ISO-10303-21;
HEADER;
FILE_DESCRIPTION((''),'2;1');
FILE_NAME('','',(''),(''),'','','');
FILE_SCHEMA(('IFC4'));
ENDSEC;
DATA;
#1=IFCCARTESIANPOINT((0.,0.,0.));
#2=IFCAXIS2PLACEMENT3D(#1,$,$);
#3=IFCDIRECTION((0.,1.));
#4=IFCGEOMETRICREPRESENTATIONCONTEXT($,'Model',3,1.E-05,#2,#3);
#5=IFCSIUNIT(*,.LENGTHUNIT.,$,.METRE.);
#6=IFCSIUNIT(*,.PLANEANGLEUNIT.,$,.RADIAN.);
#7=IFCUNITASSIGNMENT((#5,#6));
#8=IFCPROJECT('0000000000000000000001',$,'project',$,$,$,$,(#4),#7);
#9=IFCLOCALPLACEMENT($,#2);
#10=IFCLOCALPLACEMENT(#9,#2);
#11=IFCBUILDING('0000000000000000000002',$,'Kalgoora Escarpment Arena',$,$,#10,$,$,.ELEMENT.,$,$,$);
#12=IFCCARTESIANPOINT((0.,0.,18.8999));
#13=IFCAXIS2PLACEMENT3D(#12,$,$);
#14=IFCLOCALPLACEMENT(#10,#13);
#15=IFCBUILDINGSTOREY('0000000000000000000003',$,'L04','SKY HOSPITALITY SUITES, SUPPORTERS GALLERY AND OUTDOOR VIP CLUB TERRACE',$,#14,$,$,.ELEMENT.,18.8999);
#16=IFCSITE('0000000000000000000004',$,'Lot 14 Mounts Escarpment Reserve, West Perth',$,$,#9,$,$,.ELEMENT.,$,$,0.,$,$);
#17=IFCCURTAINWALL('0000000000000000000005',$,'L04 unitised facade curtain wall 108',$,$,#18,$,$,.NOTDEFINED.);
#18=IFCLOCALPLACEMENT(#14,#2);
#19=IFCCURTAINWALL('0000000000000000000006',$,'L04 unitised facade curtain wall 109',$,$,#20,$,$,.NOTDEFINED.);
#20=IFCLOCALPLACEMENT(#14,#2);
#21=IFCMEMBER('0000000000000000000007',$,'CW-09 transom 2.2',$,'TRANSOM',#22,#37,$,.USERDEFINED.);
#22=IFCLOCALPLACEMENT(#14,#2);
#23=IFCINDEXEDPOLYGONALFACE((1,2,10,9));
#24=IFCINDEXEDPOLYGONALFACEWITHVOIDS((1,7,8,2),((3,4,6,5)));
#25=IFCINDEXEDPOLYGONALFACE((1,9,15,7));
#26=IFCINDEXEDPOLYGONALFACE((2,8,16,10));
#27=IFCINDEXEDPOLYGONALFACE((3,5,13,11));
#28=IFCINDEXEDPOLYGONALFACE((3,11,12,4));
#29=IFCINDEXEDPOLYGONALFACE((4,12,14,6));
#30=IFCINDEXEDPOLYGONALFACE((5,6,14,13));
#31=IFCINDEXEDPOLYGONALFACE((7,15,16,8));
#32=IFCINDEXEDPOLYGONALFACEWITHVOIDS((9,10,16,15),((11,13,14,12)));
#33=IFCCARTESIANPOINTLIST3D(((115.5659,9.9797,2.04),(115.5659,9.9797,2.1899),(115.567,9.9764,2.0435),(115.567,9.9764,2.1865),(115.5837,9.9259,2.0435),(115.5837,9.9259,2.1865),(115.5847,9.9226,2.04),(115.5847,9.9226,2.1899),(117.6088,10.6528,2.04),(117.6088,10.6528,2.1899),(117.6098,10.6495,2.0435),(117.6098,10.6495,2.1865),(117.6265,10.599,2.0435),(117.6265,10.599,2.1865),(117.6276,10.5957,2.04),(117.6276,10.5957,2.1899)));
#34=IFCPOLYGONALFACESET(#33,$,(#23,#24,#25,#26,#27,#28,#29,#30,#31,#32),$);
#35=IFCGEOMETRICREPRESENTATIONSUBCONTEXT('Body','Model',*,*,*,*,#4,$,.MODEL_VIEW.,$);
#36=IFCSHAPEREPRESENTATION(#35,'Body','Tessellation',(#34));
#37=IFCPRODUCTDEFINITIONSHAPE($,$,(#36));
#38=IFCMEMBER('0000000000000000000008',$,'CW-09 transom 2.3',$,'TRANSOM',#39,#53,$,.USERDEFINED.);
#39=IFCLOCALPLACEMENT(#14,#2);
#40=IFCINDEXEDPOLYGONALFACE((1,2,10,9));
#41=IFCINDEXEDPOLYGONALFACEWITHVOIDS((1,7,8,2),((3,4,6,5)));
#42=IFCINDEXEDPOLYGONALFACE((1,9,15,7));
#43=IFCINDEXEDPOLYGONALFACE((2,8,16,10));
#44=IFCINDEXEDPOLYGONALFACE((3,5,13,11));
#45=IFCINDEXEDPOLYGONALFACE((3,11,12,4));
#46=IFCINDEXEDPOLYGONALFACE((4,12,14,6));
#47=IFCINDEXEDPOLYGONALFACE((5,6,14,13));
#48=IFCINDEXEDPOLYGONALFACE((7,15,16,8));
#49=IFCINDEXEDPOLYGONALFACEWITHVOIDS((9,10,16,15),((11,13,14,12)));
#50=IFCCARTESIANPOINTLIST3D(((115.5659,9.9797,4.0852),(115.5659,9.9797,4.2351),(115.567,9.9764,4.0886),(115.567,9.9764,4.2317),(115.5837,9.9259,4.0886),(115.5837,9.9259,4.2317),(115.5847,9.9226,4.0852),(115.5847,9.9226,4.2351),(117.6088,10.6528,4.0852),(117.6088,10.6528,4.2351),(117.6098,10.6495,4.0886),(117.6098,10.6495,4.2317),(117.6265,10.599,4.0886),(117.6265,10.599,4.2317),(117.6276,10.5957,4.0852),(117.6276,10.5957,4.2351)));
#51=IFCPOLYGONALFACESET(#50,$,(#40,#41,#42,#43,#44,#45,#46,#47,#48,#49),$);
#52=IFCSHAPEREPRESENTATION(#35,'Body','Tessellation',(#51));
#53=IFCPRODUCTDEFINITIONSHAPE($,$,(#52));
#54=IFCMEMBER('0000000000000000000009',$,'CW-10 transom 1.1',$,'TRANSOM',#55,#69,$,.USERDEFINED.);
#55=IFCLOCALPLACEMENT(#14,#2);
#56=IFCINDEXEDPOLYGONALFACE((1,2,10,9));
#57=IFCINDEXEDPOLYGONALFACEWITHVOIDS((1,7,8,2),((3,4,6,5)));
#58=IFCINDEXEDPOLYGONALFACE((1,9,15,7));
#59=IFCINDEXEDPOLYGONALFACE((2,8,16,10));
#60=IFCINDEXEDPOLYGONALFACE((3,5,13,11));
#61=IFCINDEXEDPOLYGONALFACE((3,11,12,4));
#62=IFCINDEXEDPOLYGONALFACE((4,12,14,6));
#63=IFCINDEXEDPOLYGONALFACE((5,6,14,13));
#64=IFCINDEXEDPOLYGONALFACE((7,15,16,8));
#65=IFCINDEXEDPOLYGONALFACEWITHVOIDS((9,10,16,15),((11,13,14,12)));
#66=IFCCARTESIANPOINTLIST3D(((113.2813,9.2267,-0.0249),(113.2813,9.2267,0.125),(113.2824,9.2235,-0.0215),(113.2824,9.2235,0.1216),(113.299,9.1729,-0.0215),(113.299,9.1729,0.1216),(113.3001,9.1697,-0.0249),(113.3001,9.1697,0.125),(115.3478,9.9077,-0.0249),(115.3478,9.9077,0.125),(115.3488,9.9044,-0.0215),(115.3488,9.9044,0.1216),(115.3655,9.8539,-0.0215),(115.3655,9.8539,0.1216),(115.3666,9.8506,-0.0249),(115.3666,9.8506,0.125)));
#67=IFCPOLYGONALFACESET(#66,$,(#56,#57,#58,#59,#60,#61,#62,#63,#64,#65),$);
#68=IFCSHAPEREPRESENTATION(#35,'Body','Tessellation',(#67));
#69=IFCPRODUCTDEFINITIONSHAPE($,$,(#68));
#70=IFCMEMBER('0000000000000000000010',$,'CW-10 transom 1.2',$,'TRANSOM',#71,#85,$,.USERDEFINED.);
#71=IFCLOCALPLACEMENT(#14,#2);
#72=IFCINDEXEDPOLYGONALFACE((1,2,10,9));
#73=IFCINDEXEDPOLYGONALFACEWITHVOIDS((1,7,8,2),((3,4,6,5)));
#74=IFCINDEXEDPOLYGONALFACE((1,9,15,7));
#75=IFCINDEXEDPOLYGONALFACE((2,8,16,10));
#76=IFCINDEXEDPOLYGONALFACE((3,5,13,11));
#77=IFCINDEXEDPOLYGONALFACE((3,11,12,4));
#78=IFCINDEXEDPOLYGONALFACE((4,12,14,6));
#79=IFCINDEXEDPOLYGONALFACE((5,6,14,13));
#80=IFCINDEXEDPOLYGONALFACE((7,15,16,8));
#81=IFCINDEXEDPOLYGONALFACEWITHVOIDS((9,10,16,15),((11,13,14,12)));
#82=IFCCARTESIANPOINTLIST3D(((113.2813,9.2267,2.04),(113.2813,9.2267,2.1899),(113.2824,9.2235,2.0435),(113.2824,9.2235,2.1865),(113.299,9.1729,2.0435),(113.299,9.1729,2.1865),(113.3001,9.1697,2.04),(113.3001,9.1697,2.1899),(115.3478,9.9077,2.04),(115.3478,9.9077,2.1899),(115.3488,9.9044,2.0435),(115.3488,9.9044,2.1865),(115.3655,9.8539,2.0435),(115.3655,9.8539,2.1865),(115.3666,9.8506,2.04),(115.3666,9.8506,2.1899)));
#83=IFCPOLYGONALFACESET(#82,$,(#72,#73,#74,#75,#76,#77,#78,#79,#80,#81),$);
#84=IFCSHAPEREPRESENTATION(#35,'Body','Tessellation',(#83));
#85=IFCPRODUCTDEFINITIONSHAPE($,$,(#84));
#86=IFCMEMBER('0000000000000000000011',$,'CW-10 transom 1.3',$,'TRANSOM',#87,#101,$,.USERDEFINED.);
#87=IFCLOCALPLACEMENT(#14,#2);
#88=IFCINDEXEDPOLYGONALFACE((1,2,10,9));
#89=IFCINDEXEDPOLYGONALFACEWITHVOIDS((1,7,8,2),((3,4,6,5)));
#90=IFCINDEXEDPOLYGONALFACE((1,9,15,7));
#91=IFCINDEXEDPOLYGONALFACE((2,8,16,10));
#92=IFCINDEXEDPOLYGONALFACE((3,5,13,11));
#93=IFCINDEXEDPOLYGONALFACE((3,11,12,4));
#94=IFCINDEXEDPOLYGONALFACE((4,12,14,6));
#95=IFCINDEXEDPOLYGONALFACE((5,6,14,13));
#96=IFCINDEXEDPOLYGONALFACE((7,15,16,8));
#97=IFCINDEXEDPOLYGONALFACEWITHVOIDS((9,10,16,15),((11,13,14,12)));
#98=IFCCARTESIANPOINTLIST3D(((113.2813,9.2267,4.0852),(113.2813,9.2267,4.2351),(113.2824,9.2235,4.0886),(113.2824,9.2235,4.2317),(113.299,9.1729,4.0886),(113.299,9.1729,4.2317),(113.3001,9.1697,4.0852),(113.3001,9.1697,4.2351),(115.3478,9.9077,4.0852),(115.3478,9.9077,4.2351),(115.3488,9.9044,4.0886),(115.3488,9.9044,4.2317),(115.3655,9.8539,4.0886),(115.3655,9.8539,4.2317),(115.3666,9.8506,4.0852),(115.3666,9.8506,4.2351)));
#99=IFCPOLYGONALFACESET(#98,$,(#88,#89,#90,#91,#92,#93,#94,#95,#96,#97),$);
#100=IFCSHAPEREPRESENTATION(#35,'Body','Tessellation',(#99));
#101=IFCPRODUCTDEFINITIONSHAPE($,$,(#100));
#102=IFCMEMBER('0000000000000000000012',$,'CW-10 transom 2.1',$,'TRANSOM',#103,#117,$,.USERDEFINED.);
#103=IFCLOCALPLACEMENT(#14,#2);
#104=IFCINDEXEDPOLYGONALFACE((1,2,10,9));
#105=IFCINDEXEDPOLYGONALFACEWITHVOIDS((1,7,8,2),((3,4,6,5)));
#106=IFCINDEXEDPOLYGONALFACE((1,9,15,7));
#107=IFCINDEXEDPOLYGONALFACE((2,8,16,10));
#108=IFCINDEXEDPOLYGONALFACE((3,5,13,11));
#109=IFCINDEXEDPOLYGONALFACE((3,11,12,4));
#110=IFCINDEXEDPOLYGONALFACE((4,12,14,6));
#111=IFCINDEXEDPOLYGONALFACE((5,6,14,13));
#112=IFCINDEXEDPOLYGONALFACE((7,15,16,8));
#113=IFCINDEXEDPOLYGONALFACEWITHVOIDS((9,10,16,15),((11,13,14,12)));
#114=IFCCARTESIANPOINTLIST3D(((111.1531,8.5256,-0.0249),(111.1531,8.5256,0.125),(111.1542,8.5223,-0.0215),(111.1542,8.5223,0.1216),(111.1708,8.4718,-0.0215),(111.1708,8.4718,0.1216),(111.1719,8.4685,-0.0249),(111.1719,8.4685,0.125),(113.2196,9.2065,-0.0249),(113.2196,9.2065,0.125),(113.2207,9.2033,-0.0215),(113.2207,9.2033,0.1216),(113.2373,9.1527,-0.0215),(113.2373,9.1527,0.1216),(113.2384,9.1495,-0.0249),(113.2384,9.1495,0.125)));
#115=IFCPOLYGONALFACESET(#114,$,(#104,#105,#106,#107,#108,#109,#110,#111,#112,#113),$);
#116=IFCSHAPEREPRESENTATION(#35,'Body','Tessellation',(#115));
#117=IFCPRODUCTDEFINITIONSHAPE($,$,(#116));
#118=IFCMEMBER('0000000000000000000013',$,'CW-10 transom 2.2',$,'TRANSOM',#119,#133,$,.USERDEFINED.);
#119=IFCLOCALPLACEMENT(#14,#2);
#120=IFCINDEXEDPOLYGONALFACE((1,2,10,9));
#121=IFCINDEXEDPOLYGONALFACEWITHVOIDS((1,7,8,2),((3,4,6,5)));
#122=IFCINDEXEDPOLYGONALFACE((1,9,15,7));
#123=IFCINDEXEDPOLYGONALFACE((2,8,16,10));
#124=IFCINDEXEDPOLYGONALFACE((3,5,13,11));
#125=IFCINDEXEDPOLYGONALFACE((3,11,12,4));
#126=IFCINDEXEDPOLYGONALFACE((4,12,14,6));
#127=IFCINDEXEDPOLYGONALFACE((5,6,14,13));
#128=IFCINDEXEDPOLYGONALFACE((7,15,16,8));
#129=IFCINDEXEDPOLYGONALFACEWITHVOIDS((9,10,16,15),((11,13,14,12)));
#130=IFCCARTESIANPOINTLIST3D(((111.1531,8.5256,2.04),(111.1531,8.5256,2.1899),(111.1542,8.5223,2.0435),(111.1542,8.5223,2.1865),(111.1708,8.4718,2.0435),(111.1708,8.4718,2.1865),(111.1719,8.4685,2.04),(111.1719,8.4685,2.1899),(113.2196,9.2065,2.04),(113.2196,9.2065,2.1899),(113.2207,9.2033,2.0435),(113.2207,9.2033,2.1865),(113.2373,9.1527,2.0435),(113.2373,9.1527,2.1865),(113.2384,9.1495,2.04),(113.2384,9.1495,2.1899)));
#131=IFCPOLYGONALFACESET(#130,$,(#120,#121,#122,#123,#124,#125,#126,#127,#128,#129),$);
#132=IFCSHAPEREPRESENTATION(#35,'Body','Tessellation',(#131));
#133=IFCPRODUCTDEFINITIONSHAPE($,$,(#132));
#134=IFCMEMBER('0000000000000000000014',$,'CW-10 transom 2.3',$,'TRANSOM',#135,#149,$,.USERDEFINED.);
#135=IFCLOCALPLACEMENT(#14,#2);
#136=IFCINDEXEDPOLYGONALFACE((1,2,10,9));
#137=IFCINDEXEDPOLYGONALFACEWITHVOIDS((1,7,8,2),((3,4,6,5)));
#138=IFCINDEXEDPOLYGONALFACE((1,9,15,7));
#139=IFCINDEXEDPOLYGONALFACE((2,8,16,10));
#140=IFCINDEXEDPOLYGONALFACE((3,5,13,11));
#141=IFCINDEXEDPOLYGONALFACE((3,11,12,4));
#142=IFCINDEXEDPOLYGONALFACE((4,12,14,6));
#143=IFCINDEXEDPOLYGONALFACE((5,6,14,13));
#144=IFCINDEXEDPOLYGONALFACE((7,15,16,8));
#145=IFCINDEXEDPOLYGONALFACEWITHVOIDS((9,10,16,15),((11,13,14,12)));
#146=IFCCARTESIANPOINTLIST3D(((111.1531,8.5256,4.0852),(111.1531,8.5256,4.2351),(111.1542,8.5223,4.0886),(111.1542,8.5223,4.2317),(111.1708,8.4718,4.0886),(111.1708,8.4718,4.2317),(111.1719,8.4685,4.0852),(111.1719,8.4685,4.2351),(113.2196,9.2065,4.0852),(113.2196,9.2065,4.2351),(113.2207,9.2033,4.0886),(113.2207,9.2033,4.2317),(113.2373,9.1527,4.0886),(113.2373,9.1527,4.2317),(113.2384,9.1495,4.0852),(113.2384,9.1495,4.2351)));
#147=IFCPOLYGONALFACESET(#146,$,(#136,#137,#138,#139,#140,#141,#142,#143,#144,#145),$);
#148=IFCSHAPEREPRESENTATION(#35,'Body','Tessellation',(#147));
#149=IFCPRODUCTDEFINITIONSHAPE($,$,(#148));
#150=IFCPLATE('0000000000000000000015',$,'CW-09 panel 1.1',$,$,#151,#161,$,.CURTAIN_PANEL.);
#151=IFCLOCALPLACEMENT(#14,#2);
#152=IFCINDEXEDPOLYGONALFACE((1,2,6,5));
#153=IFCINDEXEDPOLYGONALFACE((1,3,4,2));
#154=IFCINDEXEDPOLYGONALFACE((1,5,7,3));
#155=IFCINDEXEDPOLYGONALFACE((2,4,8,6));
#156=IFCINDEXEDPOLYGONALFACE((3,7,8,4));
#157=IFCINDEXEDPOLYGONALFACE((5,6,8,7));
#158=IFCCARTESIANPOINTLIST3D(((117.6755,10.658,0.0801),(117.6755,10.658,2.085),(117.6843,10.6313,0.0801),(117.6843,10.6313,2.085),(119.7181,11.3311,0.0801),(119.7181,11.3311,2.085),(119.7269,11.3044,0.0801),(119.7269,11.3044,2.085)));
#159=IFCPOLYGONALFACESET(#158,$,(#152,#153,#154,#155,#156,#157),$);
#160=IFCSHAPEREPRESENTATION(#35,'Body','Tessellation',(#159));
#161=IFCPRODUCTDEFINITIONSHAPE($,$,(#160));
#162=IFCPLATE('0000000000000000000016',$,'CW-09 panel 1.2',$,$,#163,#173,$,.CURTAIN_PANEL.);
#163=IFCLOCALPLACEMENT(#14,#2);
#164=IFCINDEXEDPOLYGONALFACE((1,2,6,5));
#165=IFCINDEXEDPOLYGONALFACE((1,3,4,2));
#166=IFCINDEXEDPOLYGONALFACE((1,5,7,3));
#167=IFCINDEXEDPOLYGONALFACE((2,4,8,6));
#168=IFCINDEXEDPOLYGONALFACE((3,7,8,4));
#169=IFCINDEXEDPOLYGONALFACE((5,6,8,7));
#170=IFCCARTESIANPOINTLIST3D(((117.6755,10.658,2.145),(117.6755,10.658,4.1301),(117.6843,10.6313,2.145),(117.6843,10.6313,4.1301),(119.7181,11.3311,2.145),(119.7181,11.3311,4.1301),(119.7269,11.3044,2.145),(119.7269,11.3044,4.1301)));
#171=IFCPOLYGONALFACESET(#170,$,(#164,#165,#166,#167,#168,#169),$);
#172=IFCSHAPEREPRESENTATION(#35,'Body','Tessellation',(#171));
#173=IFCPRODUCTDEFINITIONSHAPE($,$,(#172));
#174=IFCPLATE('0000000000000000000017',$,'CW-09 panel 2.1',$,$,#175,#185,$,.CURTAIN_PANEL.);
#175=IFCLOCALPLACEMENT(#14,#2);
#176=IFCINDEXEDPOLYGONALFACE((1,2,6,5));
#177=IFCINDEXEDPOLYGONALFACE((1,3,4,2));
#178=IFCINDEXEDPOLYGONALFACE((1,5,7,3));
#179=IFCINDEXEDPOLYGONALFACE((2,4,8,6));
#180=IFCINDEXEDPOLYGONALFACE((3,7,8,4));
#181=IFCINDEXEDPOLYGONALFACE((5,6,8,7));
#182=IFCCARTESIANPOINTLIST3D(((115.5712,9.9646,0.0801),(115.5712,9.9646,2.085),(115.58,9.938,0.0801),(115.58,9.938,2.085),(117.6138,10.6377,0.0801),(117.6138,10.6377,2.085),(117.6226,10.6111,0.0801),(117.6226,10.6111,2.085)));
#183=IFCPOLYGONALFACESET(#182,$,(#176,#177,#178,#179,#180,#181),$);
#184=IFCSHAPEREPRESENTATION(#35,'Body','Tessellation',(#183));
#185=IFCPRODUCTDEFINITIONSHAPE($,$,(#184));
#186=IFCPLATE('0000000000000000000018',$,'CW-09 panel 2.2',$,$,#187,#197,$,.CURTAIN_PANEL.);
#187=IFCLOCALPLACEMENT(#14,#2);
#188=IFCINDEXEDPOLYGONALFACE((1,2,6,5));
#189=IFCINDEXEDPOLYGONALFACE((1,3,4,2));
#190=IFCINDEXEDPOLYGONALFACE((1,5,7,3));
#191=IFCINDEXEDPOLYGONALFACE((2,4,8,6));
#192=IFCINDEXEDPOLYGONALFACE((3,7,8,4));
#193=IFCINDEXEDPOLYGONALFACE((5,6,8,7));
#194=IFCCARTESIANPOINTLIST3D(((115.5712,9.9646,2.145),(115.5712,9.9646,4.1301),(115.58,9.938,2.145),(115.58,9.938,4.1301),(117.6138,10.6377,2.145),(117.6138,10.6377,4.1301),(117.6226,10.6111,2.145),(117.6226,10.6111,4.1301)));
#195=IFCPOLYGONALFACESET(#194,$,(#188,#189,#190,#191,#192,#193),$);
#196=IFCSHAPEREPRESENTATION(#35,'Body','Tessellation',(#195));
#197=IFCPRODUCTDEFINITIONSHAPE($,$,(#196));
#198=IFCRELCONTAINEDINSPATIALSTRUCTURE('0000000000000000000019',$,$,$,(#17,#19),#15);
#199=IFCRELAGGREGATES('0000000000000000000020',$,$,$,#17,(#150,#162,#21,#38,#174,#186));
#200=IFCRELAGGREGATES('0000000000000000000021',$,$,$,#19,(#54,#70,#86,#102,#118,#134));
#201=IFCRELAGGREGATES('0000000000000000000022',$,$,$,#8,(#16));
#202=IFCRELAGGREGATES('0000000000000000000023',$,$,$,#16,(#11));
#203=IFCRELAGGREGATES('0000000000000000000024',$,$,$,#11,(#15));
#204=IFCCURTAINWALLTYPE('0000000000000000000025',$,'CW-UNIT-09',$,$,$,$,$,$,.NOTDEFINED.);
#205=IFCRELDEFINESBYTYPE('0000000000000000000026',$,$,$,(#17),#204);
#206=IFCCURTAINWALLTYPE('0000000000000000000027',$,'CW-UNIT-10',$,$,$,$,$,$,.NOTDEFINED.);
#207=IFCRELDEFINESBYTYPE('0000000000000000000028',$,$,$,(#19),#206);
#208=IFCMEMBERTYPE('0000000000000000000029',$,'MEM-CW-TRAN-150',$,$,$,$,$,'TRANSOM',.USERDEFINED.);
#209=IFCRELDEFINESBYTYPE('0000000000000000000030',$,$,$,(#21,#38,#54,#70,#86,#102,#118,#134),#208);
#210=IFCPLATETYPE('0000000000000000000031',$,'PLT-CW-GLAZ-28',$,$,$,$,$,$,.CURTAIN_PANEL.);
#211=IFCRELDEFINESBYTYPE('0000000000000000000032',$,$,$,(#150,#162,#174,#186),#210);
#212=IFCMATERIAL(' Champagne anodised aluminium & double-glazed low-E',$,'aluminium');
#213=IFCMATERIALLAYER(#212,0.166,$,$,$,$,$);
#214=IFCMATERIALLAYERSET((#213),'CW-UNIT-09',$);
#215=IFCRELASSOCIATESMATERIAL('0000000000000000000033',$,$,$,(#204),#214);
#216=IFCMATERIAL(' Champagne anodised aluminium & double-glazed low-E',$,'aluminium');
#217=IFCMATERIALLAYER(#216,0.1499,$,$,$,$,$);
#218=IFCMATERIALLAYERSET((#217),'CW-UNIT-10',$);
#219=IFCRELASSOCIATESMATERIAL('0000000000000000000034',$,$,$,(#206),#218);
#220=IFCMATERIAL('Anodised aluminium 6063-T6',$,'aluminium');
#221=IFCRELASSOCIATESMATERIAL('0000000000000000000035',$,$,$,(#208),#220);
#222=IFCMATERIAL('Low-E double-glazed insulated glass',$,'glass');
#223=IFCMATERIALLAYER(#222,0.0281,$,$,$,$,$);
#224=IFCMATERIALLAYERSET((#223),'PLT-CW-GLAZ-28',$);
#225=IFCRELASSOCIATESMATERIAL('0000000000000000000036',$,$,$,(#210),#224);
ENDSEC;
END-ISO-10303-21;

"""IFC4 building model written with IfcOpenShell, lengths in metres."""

from ifc_helpers import new_model, si_unit, direction, frame, origin, origin_2d, place, context, subcontext, project, spatial, rectangle, hollow_rectangle, extrude, material, layer, layer_set, material_profile, profile_set, type_object, element, aggregate, save


model = new_model("IFC4")

# Units and contexts
model_context = context("Model", 3, precision=1e-05, world=origin(), true_north=direction((0.0, 1.0)))
body_context = subcontext(model_context, "Body", "Model", "MODEL_VIEW")
ifc_project = project(units=[si_unit("LENGTHUNIT", "METRE"), si_unit("PLANEANGLEUNIT", "RADIAN")], contexts=[model_context])

# Site, building, storey
site_placement = place(None, origin())
site = spatial("IfcSite", under=ifc_project, at=site_placement, Name="Lot 14 Mounts Escarpment Reserve, West Perth", CompositionType="ELEMENT", RefElevation=0.0)
building_placement = place(site_placement, origin())
building = spatial("IfcBuilding", under=site, at=building_placement, Name="Kalgoora Escarpment Arena", CompositionType="ELEMENT")
storey_placement = place(building_placement, frame((0.0, 0.0, 18.8999)))
storey = spatial("IfcBuildingStorey", under=building, at=storey_placement, Name="L04", Description="SKY HOSPITALITY SUITES, SUPPORTERS GALLERY AND OUTDOOR VIP CLUB TERRACE", CompositionType="ELEMENT", Elevation=18.8999)

# Curtain walls
ifc_material_1 = material(Name=" Champagne anodised aluminium & double-glazed low-E", Category="aluminium")
ifc_layer_1 = layer(ifc_material_1, 0.166)
ifc_layer_set_1 = layer_set([ifc_layer_1], Name="CW-UNIT-09")
curtain_wall_type_1 = type_object("IfcCurtainWallType", Name="CW-UNIT-09", PredefinedType="NOTDEFINED", material=ifc_layer_set_1)
curtain_wall_1_placement = place(storey_placement, origin())
curtain_wall_1 = element("IfcCurtainWall", 1, at=curtain_wall_1_placement, inside=storey, type_object=curtain_wall_type_1, Name="L04 unitised facade curtain wall 108", PredefinedType="NOTDEFINED")
ifc_material_2 = material(Name=" Champagne anodised aluminium & double-glazed low-E", Category="aluminium")
ifc_layer_2 = layer(ifc_material_2, 0.1499)
ifc_layer_set_2 = layer_set([ifc_layer_2], Name="CW-UNIT-10")
curtain_wall_type_2 = type_object("IfcCurtainWallType", Name="CW-UNIT-10", PredefinedType="NOTDEFINED", material=ifc_layer_set_2)
curtain_wall_2_placement = place(storey_placement, origin())
curtain_wall_2 = element("IfcCurtainWall", 2, at=curtain_wall_2_placement, inside=storey, type_object=curtain_wall_type_2, Name="L04 unitised facade curtain wall 109", PredefinedType="NOTDEFINED")

# Members
ifc_material_3 = material(Name="Anodised aluminium 6063-T6", Category="aluminium")
ifc_material_profile_1 = material_profile(ifc_material_3, hollow_rectangle(XDim=0.0601, YDim=0.1499, WallThickness=0.0034, at=origin_2d()))
ifc_profile_set_1 = profile_set([ifc_material_profile_1], Name="Anodised aluminium 6063-T6")
member_type_1 = type_object("IfcMemberType", Name="MEM-CW-TRAN-150", ElementType="TRANSOM", PredefinedType="USERDEFINED", material=ifc_profile_set_1)
member_1_placement = place(storey_placement, frame((117.6182, 10.6243, 2.115), z_axis=(-0.949767, -0.312957, 0.0), x_axis=(0.312957, -0.949767, 0.0)))
member_1 = element("IfcMember", 3, at=member_1_placement, type_object=member_type_1, Name="CW-09 transom 2.2", ObjectType="TRANSOM", PredefinedType="USERDEFINED", context=body_context, shape_type="SweptSolid", body=[
    extrude(hollow_rectangle(XDim=0.0601, YDim=0.1499, WallThickness=0.0034, at=origin_2d()), origin(), (0.0, 0.0, 1.0), 2.1509),
])
member_2_placement = place(storey_placement, frame((117.6182, 10.6243, 4.1602), z_axis=(-0.949767, -0.312957, 0.0), x_axis=(0.312957, -0.949767, 0.0)))
member_2 = element("IfcMember", 4, at=member_2_placement, type_object=member_type_1, Name="CW-09 transom 2.3", ObjectType="TRANSOM", PredefinedType="USERDEFINED", context=body_context, shape_type="SweptSolid", body=[
    extrude(hollow_rectangle(XDim=0.0601, YDim=0.1499, WallThickness=0.0034, at=origin_2d()), origin(), (0.0, 0.0, 1.0), 2.1509),
])
member_3_placement = place(storey_placement, frame((115.3572, 9.8792, 0.05), z_axis=(-0.949766, -0.312961, 0.0), x_axis=(0.312961, -0.949766, 0.0)))
member_3 = element("IfcMember", 5, at=member_3_placement, type_object=member_type_1, Name="CW-10 transom 1.1", ObjectType="TRANSOM", PredefinedType="USERDEFINED", context=body_context, shape_type="SweptSolid", body=[
    extrude(hollow_rectangle(XDim=0.0601, YDim=0.1499, WallThickness=0.0034, at=origin_2d()), origin(), (0.0, 0.0, 1.0), 2.1758),
])
member_4_placement = place(storey_placement, frame((115.3572, 9.8792, 2.115), z_axis=(-0.949766, -0.312961, 0.0), x_axis=(0.312961, -0.949766, 0.0)))
member_4 = element("IfcMember", 6, at=member_4_placement, type_object=member_type_1, Name="CW-10 transom 1.2", ObjectType="TRANSOM", PredefinedType="USERDEFINED", context=body_context, shape_type="SweptSolid", body=[
    extrude(hollow_rectangle(XDim=0.0601, YDim=0.1499, WallThickness=0.0034, at=origin_2d()), origin(), (0.0, 0.0, 1.0), 2.1758),
])
member_5_placement = place(storey_placement, frame((115.3572, 9.8792, 4.1602), z_axis=(-0.949766, -0.312961, 0.0), x_axis=(0.312961, -0.949766, 0.0)))
member_5 = element("IfcMember", 7, at=member_5_placement, type_object=member_type_1, Name="CW-10 transom 1.3", ObjectType="TRANSOM", PredefinedType="USERDEFINED", context=body_context, shape_type="SweptSolid", body=[
    extrude(hollow_rectangle(XDim=0.0601, YDim=0.1499, WallThickness=0.0034, at=origin_2d()), origin(), (0.0, 0.0, 1.0), 2.1758),
])
member_6_placement = place(storey_placement, frame((113.229, 9.178, 0.05), z_axis=(-0.949766, -0.312961, 0.0), x_axis=(0.312961, -0.949766, 0.0)))
member_6 = element("IfcMember", 8, at=member_6_placement, type_object=member_type_1, Name="CW-10 transom 2.1", ObjectType="TRANSOM", PredefinedType="USERDEFINED", context=body_context, shape_type="SweptSolid", body=[
    extrude(hollow_rectangle(XDim=0.0601, YDim=0.1499, WallThickness=0.0034, at=origin_2d()), origin(), (0.0, 0.0, 1.0), 2.1758),
])
member_7_placement = place(storey_placement, frame((113.229, 9.178, 2.115), z_axis=(-0.949766, -0.312961, 0.0), x_axis=(0.312961, -0.949766, 0.0)))
member_7 = element("IfcMember", 9, at=member_7_placement, type_object=member_type_1, Name="CW-10 transom 2.2", ObjectType="TRANSOM", PredefinedType="USERDEFINED", context=body_context, shape_type="SweptSolid", body=[
    extrude(hollow_rectangle(XDim=0.0601, YDim=0.1499, WallThickness=0.0034, at=origin_2d()), origin(), (0.0, 0.0, 1.0), 2.1758),
])
member_8_placement = place(storey_placement, frame((113.229, 9.178, 4.1602), z_axis=(-0.949766, -0.312961, 0.0), x_axis=(0.312961, -0.949766, 0.0)))
member_8 = element("IfcMember", 10, at=member_8_placement, type_object=member_type_1, Name="CW-10 transom 2.3", ObjectType="TRANSOM", PredefinedType="USERDEFINED", context=body_context, shape_type="SweptSolid", body=[
    extrude(hollow_rectangle(XDim=0.0601, YDim=0.1499, WallThickness=0.0034, at=origin_2d()), origin(), (0.0, 0.0, 1.0), 2.1758),
])

# Plates
ifc_material_4 = material(Name="Low-E double-glazed insulated glass", Category="glass")
ifc_layer_3 = layer(ifc_material_4, 0.0281)
ifc_layer_set_3 = layer_set([ifc_layer_3], Name="PLT-CW-GLAZ-28")
plate_type_1 = type_object("IfcPlateType", Name="PLT-CW-GLAZ-28", PredefinedType="CURTAIN_PANEL", material=ifc_layer_set_3)
plate_1_placement = place(storey_placement, frame((118.7012, 10.9812, 0.0801), z_axis=(0.0, 0.0, 1.0), x_axis=(-0.949763, -0.31297, 0.0)))
plate_1 = element("IfcPlate", 11, at=plate_1_placement, type_object=plate_type_1, Name="CW-09 panel 1.1", PredefinedType="CURTAIN_PANEL", context=body_context, shape_type="SweptSolid", body=[
    extrude(rectangle(XDim=2.1506, YDim=0.0281, at=origin_2d()), origin(), (0.0, 0.0, 1.0), 2.0049),
])
plate_2_placement = place(storey_placement, frame((118.7012, 10.9812, 2.145), z_axis=(0.0, 0.0, 1.0), x_axis=(-0.949763, -0.31297, 0.0)))
plate_2 = element("IfcPlate", 12, at=plate_2_placement, type_object=plate_type_1, Name="CW-09 panel 1.2", PredefinedType="CURTAIN_PANEL", context=body_context, shape_type="SweptSolid", body=[
    extrude(rectangle(XDim=2.1506, YDim=0.0281, at=origin_2d()), origin(), (0.0, 0.0, 1.0), 1.9851),
])
plate_3_placement = place(storey_placement, frame((116.5969, 10.2878, 0.0801), z_axis=(0.0, 0.0, 1.0), x_axis=(-0.949763, -0.31297, 0.0)))
plate_3 = element("IfcPlate", 13, at=plate_3_placement, type_object=plate_type_1, Name="CW-09 panel 2.1", PredefinedType="CURTAIN_PANEL", context=body_context, shape_type="SweptSolid", body=[
    extrude(rectangle(XDim=2.1506, YDim=0.0281, at=origin_2d()), origin(), (0.0, 0.0, 1.0), 2.0049),
])
plate_4_placement = place(storey_placement, frame((116.5969, 10.2878, 2.145), z_axis=(0.0, 0.0, 1.0), x_axis=(-0.949763, -0.31297, 0.0)))
plate_4 = element("IfcPlate", 14, at=plate_4_placement, type_object=plate_type_1, Name="CW-09 panel 2.2", PredefinedType="CURTAIN_PANEL", context=body_context, shape_type="SweptSolid", body=[
    extrude(rectangle(XDim=2.1506, YDim=0.0281, at=origin_2d()), origin(), (0.0, 0.0, 1.0), 1.9851),
])
aggregate(curtain_wall_1, [plate_1, plate_2, member_1, member_2, plate_3, plate_4])
aggregate(curtain_wall_2, [member_3, member_4, member_5, member_6, member_7, member_8])

save(model, "model.ifc")
